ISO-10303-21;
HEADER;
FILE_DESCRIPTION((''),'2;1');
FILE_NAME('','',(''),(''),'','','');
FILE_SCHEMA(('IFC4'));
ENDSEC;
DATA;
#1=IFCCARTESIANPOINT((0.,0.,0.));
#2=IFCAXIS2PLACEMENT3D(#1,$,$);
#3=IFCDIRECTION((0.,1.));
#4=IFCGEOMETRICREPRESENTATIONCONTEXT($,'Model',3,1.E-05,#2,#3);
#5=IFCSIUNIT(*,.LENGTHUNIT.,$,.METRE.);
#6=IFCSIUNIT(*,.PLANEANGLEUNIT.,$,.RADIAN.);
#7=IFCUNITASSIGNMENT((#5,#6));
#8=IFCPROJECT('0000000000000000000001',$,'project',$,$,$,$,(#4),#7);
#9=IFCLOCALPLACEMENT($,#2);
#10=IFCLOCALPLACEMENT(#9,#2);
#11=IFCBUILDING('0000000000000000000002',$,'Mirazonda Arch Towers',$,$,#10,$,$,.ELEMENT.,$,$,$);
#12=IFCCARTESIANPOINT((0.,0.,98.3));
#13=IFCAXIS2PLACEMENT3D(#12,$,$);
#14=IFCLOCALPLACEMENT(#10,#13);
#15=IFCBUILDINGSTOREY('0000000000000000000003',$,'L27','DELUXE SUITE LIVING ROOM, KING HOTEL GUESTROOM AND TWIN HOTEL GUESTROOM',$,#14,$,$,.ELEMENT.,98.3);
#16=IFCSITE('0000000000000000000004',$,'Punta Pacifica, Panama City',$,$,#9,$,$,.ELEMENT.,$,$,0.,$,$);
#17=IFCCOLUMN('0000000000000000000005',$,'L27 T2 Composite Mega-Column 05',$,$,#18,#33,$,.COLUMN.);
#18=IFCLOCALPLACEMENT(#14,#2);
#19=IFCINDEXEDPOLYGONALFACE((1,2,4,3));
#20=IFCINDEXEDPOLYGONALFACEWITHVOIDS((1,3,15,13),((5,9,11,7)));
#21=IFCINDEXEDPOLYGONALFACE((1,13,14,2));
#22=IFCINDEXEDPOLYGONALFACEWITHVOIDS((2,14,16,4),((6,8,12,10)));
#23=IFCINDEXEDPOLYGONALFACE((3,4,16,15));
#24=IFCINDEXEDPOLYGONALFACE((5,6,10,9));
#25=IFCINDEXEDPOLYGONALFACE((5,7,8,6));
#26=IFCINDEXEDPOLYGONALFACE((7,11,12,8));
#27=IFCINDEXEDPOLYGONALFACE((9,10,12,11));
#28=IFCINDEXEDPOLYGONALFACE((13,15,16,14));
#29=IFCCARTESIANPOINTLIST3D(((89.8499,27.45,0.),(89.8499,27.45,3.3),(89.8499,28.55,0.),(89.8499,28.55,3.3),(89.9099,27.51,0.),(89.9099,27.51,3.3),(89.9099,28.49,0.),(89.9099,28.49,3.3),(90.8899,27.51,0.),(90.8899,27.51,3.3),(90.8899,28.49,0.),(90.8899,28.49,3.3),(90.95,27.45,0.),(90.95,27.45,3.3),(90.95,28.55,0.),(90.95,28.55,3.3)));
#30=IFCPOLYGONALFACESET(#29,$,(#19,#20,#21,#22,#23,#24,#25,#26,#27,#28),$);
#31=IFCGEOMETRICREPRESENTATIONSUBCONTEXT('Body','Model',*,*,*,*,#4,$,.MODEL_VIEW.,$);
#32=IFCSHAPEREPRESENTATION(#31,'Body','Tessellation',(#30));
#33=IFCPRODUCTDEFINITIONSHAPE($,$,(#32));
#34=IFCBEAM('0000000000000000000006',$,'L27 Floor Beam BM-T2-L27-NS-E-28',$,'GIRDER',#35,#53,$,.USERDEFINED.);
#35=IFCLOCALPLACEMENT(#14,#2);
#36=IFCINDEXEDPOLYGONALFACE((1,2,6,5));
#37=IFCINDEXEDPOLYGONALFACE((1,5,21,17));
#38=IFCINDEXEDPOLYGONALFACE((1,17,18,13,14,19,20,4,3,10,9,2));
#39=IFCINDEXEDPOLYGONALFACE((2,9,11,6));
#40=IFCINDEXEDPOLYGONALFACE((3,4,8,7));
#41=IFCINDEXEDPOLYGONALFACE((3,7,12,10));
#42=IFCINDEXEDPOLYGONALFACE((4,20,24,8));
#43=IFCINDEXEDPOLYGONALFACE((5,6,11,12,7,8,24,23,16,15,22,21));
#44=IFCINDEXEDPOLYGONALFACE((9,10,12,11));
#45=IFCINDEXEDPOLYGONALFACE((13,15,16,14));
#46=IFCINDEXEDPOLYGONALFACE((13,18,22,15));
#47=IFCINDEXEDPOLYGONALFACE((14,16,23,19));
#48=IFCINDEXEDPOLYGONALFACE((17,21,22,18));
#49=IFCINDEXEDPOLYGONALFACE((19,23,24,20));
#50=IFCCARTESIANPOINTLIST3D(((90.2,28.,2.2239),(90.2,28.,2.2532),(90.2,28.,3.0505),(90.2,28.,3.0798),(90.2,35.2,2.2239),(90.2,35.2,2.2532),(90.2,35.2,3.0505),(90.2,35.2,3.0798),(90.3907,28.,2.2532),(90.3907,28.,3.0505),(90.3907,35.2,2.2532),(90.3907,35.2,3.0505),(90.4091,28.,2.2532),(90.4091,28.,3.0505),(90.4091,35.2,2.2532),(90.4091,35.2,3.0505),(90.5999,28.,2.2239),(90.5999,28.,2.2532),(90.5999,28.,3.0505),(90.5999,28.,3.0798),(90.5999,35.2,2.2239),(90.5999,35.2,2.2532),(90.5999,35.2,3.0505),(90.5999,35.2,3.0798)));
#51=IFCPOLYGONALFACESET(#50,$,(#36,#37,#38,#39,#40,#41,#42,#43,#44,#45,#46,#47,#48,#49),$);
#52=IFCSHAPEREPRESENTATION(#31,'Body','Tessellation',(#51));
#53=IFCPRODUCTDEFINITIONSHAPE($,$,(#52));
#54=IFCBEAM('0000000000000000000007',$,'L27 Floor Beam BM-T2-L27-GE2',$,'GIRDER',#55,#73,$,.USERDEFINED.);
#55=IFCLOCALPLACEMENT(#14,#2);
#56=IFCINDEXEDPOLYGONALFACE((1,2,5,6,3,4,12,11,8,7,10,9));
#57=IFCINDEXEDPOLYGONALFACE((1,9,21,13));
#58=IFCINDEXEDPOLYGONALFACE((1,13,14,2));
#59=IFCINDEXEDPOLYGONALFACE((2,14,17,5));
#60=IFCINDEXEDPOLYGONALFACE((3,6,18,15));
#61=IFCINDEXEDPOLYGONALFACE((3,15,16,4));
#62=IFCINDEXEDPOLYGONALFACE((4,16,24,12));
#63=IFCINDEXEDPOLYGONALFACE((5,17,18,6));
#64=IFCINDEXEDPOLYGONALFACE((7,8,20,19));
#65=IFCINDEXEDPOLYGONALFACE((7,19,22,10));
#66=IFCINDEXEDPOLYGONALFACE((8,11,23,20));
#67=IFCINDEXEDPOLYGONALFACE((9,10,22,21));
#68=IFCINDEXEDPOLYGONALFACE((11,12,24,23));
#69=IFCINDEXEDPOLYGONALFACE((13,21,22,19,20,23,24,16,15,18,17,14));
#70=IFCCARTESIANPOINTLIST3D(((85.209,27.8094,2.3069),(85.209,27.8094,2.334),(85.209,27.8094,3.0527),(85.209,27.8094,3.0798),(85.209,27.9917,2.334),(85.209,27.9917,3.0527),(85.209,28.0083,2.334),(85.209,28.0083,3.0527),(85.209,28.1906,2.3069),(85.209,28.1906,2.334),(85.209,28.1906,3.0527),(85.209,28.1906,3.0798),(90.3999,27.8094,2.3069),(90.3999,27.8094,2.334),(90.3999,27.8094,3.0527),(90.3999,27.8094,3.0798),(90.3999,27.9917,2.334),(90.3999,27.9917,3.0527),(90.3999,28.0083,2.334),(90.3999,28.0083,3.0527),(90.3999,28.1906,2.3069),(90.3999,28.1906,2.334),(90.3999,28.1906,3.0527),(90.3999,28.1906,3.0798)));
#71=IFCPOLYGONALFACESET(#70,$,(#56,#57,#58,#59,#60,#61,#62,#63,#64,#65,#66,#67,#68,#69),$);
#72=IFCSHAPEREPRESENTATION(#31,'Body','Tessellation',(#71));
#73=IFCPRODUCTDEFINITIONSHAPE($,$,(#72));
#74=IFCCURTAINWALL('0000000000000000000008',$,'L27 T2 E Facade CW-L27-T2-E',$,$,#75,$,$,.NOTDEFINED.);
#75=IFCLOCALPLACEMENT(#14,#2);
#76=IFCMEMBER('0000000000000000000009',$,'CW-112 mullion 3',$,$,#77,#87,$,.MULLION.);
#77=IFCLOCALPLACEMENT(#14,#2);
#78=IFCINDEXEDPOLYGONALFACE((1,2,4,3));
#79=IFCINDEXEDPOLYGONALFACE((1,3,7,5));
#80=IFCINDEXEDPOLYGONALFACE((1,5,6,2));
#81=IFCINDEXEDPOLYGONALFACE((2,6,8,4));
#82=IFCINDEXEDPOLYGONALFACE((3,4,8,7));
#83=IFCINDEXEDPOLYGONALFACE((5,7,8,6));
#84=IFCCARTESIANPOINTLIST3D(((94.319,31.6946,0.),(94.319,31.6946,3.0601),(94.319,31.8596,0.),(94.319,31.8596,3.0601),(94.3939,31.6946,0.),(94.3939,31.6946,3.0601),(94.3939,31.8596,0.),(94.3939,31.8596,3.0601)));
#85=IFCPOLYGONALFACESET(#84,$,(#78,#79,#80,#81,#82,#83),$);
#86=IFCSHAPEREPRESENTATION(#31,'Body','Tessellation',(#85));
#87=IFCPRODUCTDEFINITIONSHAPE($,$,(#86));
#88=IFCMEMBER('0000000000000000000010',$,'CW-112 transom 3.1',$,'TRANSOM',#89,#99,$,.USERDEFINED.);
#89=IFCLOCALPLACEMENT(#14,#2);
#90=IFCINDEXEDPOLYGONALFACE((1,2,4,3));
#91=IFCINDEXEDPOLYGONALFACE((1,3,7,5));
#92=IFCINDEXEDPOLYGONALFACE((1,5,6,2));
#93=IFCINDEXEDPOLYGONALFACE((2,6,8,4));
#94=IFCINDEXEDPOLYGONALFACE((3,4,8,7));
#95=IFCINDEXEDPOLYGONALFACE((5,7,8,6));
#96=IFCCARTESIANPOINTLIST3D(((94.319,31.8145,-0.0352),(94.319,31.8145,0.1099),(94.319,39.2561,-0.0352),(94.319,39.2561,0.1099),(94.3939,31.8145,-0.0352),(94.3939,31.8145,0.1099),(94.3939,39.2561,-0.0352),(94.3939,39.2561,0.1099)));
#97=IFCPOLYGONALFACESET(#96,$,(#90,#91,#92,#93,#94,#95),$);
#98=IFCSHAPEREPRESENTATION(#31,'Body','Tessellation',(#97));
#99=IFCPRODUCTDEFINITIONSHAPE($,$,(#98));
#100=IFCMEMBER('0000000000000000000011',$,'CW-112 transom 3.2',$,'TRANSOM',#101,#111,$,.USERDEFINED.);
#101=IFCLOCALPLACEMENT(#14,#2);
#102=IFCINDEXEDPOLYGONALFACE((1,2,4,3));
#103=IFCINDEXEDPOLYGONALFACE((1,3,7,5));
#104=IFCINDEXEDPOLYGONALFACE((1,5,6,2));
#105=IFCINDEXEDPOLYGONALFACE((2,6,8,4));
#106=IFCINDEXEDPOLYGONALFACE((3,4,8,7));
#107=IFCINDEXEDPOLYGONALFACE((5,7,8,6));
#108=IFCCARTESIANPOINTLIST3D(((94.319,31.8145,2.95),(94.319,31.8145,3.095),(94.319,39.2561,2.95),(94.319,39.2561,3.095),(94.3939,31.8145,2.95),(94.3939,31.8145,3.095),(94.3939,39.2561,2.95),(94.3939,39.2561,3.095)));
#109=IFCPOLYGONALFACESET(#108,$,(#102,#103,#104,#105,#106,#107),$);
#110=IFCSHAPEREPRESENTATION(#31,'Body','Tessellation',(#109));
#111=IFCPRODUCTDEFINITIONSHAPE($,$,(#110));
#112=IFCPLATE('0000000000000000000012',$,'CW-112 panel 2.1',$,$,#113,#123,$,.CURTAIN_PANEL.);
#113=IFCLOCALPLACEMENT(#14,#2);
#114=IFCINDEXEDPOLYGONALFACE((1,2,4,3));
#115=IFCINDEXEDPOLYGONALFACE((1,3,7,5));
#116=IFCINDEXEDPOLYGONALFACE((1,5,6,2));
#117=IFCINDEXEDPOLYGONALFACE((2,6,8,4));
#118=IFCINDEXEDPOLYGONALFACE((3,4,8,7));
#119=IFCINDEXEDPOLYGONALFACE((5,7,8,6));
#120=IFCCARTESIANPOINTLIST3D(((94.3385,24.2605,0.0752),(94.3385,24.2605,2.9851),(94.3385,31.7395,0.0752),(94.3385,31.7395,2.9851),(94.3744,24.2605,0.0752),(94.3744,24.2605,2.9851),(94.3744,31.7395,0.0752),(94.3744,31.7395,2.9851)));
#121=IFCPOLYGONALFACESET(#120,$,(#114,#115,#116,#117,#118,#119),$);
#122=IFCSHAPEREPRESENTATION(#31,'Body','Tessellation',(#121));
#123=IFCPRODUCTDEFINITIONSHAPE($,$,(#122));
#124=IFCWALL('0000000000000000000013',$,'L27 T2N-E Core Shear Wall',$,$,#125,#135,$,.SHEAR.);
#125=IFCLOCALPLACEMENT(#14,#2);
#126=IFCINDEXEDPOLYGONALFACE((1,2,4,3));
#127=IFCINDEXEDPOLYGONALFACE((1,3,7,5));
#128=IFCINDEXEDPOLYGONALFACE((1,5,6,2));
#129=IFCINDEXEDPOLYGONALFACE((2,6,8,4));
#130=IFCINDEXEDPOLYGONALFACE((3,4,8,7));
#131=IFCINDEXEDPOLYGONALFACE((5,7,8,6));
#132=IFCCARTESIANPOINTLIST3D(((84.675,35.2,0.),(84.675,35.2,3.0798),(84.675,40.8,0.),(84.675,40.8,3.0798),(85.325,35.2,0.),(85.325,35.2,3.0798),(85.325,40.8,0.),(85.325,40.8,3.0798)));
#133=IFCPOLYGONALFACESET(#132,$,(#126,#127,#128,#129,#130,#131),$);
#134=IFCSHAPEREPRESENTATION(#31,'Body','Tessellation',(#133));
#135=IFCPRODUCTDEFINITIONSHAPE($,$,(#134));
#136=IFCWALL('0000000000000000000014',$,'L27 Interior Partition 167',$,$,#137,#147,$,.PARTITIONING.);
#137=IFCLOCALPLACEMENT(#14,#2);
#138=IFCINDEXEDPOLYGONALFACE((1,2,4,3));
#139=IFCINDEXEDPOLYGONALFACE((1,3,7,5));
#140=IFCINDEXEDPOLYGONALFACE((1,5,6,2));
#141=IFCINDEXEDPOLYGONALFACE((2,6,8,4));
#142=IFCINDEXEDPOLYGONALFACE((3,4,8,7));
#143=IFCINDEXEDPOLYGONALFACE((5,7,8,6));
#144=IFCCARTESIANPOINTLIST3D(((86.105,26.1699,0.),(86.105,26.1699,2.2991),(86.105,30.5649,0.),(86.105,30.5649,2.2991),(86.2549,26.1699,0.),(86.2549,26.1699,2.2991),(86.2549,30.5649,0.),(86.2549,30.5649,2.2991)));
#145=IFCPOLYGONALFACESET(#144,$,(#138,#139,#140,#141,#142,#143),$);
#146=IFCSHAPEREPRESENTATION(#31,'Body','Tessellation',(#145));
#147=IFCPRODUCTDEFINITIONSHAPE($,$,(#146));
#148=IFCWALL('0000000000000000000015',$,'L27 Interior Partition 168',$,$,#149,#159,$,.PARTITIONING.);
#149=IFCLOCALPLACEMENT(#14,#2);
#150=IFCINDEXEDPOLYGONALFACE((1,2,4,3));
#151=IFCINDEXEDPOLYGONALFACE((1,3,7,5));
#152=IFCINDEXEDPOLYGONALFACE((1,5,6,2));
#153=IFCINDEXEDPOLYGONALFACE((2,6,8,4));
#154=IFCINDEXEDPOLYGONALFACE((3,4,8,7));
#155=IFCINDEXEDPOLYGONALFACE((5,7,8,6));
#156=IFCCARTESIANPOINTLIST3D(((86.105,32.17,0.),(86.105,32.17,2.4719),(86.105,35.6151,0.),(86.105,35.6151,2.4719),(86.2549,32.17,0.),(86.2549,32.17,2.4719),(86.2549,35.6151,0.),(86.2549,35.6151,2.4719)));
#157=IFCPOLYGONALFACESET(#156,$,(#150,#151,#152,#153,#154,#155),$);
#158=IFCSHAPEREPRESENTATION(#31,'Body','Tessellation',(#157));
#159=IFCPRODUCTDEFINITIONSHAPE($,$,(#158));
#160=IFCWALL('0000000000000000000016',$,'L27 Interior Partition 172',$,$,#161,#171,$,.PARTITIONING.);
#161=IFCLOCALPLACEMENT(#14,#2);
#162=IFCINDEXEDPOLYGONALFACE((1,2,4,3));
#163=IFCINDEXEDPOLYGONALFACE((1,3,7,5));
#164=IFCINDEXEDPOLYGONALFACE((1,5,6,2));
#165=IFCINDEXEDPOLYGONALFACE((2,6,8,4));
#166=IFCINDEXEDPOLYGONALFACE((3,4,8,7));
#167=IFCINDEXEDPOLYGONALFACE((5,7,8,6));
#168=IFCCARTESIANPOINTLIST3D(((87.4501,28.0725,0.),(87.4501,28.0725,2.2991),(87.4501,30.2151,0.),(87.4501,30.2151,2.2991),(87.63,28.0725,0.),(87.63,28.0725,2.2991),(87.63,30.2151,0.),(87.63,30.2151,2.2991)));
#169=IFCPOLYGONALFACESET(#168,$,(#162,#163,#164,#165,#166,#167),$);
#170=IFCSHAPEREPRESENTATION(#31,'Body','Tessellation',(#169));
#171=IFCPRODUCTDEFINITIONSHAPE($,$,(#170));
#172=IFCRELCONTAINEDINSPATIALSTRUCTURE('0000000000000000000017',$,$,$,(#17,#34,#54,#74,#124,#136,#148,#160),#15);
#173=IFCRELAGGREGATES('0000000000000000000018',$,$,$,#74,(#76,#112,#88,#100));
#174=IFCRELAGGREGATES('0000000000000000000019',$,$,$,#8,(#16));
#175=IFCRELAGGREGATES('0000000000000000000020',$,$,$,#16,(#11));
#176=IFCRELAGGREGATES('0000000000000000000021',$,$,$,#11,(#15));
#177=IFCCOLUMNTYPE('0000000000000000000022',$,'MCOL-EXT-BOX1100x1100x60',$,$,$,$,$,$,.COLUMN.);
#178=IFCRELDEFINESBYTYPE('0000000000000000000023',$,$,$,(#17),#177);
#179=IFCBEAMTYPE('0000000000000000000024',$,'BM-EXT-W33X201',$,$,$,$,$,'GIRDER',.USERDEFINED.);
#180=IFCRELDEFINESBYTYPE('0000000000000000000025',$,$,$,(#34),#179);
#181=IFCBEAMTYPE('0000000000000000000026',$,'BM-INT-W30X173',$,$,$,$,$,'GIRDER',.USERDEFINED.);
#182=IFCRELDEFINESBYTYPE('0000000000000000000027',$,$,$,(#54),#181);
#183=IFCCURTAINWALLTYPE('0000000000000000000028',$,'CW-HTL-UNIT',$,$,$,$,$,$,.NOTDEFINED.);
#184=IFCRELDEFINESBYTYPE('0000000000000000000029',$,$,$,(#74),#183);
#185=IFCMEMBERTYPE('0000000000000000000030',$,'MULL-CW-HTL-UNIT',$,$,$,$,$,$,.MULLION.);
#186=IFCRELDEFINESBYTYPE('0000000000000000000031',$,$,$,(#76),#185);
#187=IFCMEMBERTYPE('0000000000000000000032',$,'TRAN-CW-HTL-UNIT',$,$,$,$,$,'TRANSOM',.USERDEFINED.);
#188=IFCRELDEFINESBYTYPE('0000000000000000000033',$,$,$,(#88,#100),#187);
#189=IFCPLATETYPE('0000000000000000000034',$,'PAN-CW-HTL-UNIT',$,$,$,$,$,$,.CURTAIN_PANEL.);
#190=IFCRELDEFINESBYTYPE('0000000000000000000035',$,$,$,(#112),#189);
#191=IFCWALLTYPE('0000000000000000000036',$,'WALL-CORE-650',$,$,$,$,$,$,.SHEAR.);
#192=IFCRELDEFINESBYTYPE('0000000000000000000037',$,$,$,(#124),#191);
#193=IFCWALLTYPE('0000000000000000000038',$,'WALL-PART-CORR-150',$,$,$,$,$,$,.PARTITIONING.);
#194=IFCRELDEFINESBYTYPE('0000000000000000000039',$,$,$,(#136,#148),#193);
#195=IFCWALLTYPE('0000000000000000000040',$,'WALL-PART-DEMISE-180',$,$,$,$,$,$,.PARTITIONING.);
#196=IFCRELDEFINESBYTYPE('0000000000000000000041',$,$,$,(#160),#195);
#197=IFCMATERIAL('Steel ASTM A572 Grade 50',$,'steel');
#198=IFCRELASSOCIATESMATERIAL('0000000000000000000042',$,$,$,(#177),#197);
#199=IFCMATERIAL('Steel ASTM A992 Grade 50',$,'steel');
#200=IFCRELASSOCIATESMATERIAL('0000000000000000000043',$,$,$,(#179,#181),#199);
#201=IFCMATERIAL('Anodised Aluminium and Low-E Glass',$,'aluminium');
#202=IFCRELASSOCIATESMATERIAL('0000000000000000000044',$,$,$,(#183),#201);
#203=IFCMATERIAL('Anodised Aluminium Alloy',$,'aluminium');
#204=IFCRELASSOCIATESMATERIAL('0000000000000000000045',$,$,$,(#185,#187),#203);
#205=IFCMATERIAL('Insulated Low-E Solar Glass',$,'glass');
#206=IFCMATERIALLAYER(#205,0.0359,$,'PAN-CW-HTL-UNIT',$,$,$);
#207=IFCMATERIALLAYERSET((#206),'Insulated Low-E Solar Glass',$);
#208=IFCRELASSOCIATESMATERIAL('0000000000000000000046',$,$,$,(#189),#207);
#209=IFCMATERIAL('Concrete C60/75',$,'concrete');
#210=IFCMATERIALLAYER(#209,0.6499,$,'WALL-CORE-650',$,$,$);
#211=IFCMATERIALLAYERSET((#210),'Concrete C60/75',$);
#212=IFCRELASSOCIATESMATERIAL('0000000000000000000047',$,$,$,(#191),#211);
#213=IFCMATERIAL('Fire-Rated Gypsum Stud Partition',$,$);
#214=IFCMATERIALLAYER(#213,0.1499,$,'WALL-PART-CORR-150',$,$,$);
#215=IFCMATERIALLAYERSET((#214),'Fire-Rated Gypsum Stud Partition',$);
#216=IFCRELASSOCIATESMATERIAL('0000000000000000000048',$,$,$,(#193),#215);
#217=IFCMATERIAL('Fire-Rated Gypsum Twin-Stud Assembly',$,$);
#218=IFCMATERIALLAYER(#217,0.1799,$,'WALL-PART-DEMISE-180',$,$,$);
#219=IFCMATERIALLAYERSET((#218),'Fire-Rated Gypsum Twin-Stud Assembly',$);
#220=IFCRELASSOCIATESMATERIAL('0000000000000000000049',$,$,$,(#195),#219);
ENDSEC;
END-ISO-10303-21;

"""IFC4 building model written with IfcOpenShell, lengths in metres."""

from ifc_helpers import new_model, si_unit, direction, frame, frame_2d, origin, origin_2d, place, context, subcontext, project, spatial, rectangle, hollow_rectangle, i_section, extrude, material, layer, layer_set, material_profile, profile_set, type_object, element, aggregate, save


model = new_model("IFC4")

# Units and contexts
model_context = context("Model", 3, precision=1e-05, world=origin(), true_north=direction((0.0, 1.0)))
body_context = subcontext(model_context, "Body", "Model", "MODEL_VIEW")
ifc_project = project(units=[si_unit("LENGTHUNIT", "METRE"), si_unit("PLANEANGLEUNIT", "RADIAN")], contexts=[model_context])

# Site, building, storey
site_placement = place(None, origin())
site = spatial("IfcSite", under=ifc_project, at=site_placement, Name="Punta Pacifica, Panama City", CompositionType="ELEMENT", RefElevation=0.0)
building_placement = place(site_placement, origin())
building = spatial("IfcBuilding", under=site, at=building_placement, Name="Mirazonda Arch Towers", CompositionType="ELEMENT")
storey_placement = place(building_placement, frame((0.0, 0.0, 98.3)))
storey = spatial("IfcBuildingStorey", under=building, at=storey_placement, Name="L27", Description="DELUXE SUITE LIVING ROOM, KING HOTEL GUESTROOM AND TWIN HOTEL GUESTROOM", CompositionType="ELEMENT", Elevation=98.3)

# Column
ifc_material_1 = material(Name="Steel ASTM A572 Grade 50", Category="steel")
ifc_material_profile_1 = material_profile(ifc_material_1, hollow_rectangle(XDim=1.1001, YDim=1.1001, WallThickness=0.0601, at=origin_2d()), Name="BOX1100x1100x60")
ifc_profile_set_1 = profile_set([ifc_material_profile_1], Name="Steel ASTM A572 Grade 50")
column_type = type_object("IfcColumnType", Name="MCOL-EXT-BOX1100x1100x60", PredefinedType="COLUMN", material=ifc_profile_set_1)
column_placement = place(storey_placement, frame((90.3999, 28.0, 0.0), z_axis=(0.0, 0.0, 1.0), x_axis=(1.0, 0.0, 0.0)))
element("IfcColumn", 1, at=column_placement, inside=storey, type_object=column_type, Name="L27 T2 Composite Mega-Column 05", PredefinedType="COLUMN", context=body_context, shape_type="SweptSolid", body=[
    extrude(hollow_rectangle(XDim=1.1001, YDim=1.1001, WallThickness=0.0601, at=origin_2d()), origin(), (0.0, 0.0, 1.0), 3.3),
])

# Beams
ifc_material_2 = material(Name="Steel ASTM A992 Grade 50", Category="steel")
ifc_material_profile_2 = material_profile(ifc_material_2, i_section(OverallWidth=0.3999, OverallDepth=0.856, WebThickness=0.0183, FlangeThickness=0.0293, at=origin_2d()), Name="W33X201")
ifc_profile_set_2 = profile_set([ifc_material_profile_2], Name="Steel ASTM A992 Grade 50")
beam_type_1 = type_object("IfcBeamType", Name="BM-EXT-W33X201", ElementType="GIRDER", PredefinedType="USERDEFINED", material=ifc_profile_set_2)
beam_1_placement = place(storey_placement, frame((90.3999, 28.0, 2.6519), z_axis=(0.0, 1.0, 0.0), x_axis=(-1.0, 0.0, 0.0)))
element("IfcBeam", 2, at=beam_1_placement, inside=storey, type_object=beam_type_1, Name="L27 Floor Beam BM-T2-L27-NS-E-28", ObjectType="GIRDER", PredefinedType="USERDEFINED", context=body_context, shape_type="SweptSolid", body=[
    extrude(i_section(OverallWidth=0.3999, OverallDepth=0.856, WebThickness=0.0183, FlangeThickness=0.0293, at=origin_2d()), origin(), (0.0, 0.0, 1.0), 7.2),
])
ifc_material_profile_3 = material_profile(ifc_material_2, i_section(OverallWidth=0.3811, OverallDepth=0.7729, WebThickness=0.0166, FlangeThickness=0.0271, at=origin_2d()), Name="W30X173")
ifc_profile_set_3 = profile_set([ifc_material_profile_3], Name="Steel ASTM A992 Grade 50")
beam_type_2 = type_object("IfcBeamType", Name="BM-INT-W30X173", ElementType="GIRDER", PredefinedType="USERDEFINED", material=ifc_profile_set_3)
beam_2_placement = place(storey_placement, frame((85.209, 28.0, 2.6934), z_axis=(1.0, 0.0, 0.0), x_axis=(0.0, 1.0, 0.0)))
element("IfcBeam", 3, at=beam_2_placement, inside=storey, type_object=beam_type_2, Name="L27 Floor Beam BM-T2-L27-GE2", ObjectType="GIRDER", PredefinedType="USERDEFINED", context=body_context, shape_type="SweptSolid", body=[
    extrude(i_section(OverallWidth=0.3811, OverallDepth=0.7729, WebThickness=0.0166, FlangeThickness=0.0271, at=origin_2d()), origin(), (0.0, 0.0, 1.0), 5.1909),
])

# Curtain wall, members, plate
ifc_material_3 = material(Name="Anodised Aluminium and Low-E Glass", Category="aluminium")
curtain_wall_type = type_object("IfcCurtainWallType", Name="CW-HTL-UNIT", PredefinedType="NOTDEFINED", material=ifc_material_3)
curtain_wall_placement = place(storey_placement, origin())
curtain_wall = element("IfcCurtainWall", 4, at=curtain_wall_placement, inside=storey, type_object=curtain_wall_type, Name="L27 T2 E Facade CW-L27-T2-E", PredefinedType="NOTDEFINED")
ifc_material_4 = material(Name="Anodised Aluminium Alloy", Category="aluminium")
ifc_material_profile_4 = material_profile(ifc_material_4, rectangle(XDim=0.075, YDim=0.165, at=origin_2d()), Name="ALU-MULL-75x165")
ifc_profile_set_4 = profile_set([ifc_material_profile_4], Name="Anodised Aluminium Alloy")
member_type_1 = type_object("IfcMemberType", Name="MULL-CW-HTL-UNIT", PredefinedType="MULLION", material=ifc_profile_set_4)
member_1_placement = place(storey_placement, frame((94.3564, 31.7771, 0.0), z_axis=(0.0, 0.0, 1.0), x_axis=(-1.0, 0.0, 0.0)))
member_1 = element("IfcMember", 5, at=member_1_placement, type_object=member_type_1, Name="CW-112 mullion 3", PredefinedType="MULLION", context=body_context, shape_type="SweptSolid", body=[
    extrude(rectangle(XDim=0.075, YDim=0.165, at=origin_2d()), origin(), (0.0, 0.0, 1.0), 3.0601),
])
ifc_material_profile_5 = material_profile(ifc_material_4, rectangle(XDim=0.075, YDim=0.145, at=origin_2d()), Name="ALU-TRAN-75x145")
ifc_profile_set_5 = profile_set([ifc_material_profile_5], Name="Anodised Aluminium Alloy")
member_type_2 = type_object("IfcMemberType", Name="TRAN-CW-HTL-UNIT", ElementType="TRANSOM", PredefinedType="USERDEFINED", material=ifc_profile_set_5)
member_2_placement = place(storey_placement, frame((94.3564, 31.8145, 0.0374), z_axis=(0.0, 1.0, 0.0), x_axis=(-1.0, 0.0, 0.0)))
member_2 = element("IfcMember", 6, at=member_2_placement, type_object=member_type_2, Name="CW-112 transom 3.1", ObjectType="TRANSOM", PredefinedType="USERDEFINED", context=body_context, shape_type="SweptSolid", body=[
    extrude(rectangle(XDim=0.075, YDim=0.145, at=origin_2d()), origin(), (0.0, 0.0, 1.0), 7.4417),
])
member_3_placement = place(storey_placement, frame((94.3564, 31.8145, 3.0225), z_axis=(0.0, 1.0, 0.0), x_axis=(-1.0, 0.0, 0.0)))
member_3 = element("IfcMember", 7, at=member_3_placement, type_object=member_type_2, Name="CW-112 transom 3.2", ObjectType="TRANSOM", PredefinedType="USERDEFINED", context=body_context, shape_type="SweptSolid", body=[
    extrude(rectangle(XDim=0.075, YDim=0.145, at=origin_2d()), origin(), (0.0, 0.0, 1.0), 7.4417),
])
ifc_material_5 = material(Name="Insulated Low-E Solar Glass", Category="glass")
ifc_layer_1 = layer(ifc_material_5, 0.0359, Name="PAN-CW-HTL-UNIT")
ifc_layer_set_1 = layer_set([ifc_layer_1], Name="Insulated Low-E Solar Glass")
plate_type = type_object("IfcPlateType", Name="PAN-CW-HTL-UNIT", PredefinedType="CURTAIN_PANEL", material=ifc_layer_set_1)
plate_placement = place(storey_placement, frame((94.3564, 28.0, 0.0752), z_axis=(0.0, 0.0, 1.0), x_axis=(0.0, 1.0, 0.0)))
plate = element("IfcPlate", 8, at=plate_placement, type_object=plate_type, Name="CW-112 panel 2.1", PredefinedType="CURTAIN_PANEL", context=body_context, shape_type="SweptSolid", body=[
    extrude(rectangle(XDim=7.479, YDim=0.0359, at=origin_2d()), origin(), (0.0, 0.0, 1.0), 2.9099),
])
aggregate(curtain_wall, [member_1, plate, member_2, member_3])

# Wall
ifc_material_6 = material(Name="Concrete C60/75", Category="concrete")
ifc_layer_2 = layer(ifc_material_6, 0.6499, Name="WALL-CORE-650")
ifc_layer_set_2 = layer_set([ifc_layer_2], Name="Concrete C60/75")
wall_type_1 = type_object("IfcWallType", Name="WALL-CORE-650", PredefinedType="SHEAR", material=ifc_layer_set_2)
wall_1_placement = place(storey_placement, frame((85.0, 35.2, 0.0), z_axis=(0.0, 0.0, 1.0), x_axis=(0.0, 1.0, 0.0)))
element("IfcWall", 9, at=wall_1_placement, inside=storey, type_object=wall_type_1, Name="L27 T2N-E Core Shear Wall", PredefinedType="SHEAR", context=body_context, shape_type="SweptSolid", body=[
    extrude(rectangle(XDim=5.6001, YDim=0.6499, at=frame_2d((2.8, 0.0))), origin(), (0.0, 0.0, 1.0), 3.0798),
])

# Shared definitions
ifc_material_7 = material(Name="Fire-Rated Gypsum Stud Partition")
ifc_layer_3 = layer(ifc_material_7, 0.1499, Name="WALL-PART-CORR-150")
ifc_layer_set_3 = layer_set([ifc_layer_3], Name="Fire-Rated Gypsum Stud Partition")
wall_type_2 = type_object("IfcWallType", Name="WALL-PART-CORR-150", PredefinedType="PARTITIONING", material=ifc_layer_set_3)

# Walls
wall_2_placement = place(storey_placement, frame((86.1799, 26.1699, 0.0), z_axis=(0.0, 0.0, 1.0), x_axis=(0.0, 1.0, 0.0)))
element("IfcWall", 10, at=wall_2_placement, inside=storey, type_object=wall_type_2, Name="L27 Interior Partition 167", PredefinedType="PARTITIONING", context=body_context, shape_type="SweptSolid", body=[
    extrude(rectangle(XDim=4.395, YDim=0.1499, at=frame_2d((2.1975, 0.0))), origin(), (0.0, 0.0, 1.0), 2.2991),
])
wall_3_placement = place(storey_placement, frame((86.1799, 32.1699, 0.0), z_axis=(0.0, 0.0, 1.0), x_axis=(0.0, 1.0, 0.0)))
element("IfcWall", 11, at=wall_3_placement, inside=storey, type_object=wall_type_2, Name="L27 Interior Partition 168", PredefinedType="PARTITIONING", context=body_context, shape_type="SweptSolid", body=[
    extrude(rectangle(XDim=3.4451, YDim=0.1499, at=frame_2d((1.7227, 0.0))), origin(), (0.0, 0.0, 1.0), 2.4719),
])
ifc_material_8 = material(Name="Fire-Rated Gypsum Twin-Stud Assembly")
ifc_layer_4 = layer(ifc_material_8, 0.1799, Name="WALL-PART-DEMISE-180")
ifc_layer_set_4 = layer_set([ifc_layer_4], Name="Fire-Rated Gypsum Twin-Stud Assembly")
wall_type_3 = type_object("IfcWallType", Name="WALL-PART-DEMISE-180", PredefinedType="PARTITIONING", material=ifc_layer_set_4)
wall_4_placement = place(storey_placement, frame((87.54, 28.0725, 0.0), z_axis=(0.0, 0.0, 1.0), x_axis=(0.0, 1.0, 0.0)))
element("IfcWall", 12, at=wall_4_placement, inside=storey, type_object=wall_type_3, Name="L27 Interior Partition 172", PredefinedType="PARTITIONING", context=body_context, shape_type="SweptSolid", body=[
    extrude(rectangle(XDim=2.1426, YDim=0.1799, at=frame_2d((1.0713, 0.0))), origin(), (0.0, 0.0, 1.0), 2.2991),
])

save(model, "model.ifc")
